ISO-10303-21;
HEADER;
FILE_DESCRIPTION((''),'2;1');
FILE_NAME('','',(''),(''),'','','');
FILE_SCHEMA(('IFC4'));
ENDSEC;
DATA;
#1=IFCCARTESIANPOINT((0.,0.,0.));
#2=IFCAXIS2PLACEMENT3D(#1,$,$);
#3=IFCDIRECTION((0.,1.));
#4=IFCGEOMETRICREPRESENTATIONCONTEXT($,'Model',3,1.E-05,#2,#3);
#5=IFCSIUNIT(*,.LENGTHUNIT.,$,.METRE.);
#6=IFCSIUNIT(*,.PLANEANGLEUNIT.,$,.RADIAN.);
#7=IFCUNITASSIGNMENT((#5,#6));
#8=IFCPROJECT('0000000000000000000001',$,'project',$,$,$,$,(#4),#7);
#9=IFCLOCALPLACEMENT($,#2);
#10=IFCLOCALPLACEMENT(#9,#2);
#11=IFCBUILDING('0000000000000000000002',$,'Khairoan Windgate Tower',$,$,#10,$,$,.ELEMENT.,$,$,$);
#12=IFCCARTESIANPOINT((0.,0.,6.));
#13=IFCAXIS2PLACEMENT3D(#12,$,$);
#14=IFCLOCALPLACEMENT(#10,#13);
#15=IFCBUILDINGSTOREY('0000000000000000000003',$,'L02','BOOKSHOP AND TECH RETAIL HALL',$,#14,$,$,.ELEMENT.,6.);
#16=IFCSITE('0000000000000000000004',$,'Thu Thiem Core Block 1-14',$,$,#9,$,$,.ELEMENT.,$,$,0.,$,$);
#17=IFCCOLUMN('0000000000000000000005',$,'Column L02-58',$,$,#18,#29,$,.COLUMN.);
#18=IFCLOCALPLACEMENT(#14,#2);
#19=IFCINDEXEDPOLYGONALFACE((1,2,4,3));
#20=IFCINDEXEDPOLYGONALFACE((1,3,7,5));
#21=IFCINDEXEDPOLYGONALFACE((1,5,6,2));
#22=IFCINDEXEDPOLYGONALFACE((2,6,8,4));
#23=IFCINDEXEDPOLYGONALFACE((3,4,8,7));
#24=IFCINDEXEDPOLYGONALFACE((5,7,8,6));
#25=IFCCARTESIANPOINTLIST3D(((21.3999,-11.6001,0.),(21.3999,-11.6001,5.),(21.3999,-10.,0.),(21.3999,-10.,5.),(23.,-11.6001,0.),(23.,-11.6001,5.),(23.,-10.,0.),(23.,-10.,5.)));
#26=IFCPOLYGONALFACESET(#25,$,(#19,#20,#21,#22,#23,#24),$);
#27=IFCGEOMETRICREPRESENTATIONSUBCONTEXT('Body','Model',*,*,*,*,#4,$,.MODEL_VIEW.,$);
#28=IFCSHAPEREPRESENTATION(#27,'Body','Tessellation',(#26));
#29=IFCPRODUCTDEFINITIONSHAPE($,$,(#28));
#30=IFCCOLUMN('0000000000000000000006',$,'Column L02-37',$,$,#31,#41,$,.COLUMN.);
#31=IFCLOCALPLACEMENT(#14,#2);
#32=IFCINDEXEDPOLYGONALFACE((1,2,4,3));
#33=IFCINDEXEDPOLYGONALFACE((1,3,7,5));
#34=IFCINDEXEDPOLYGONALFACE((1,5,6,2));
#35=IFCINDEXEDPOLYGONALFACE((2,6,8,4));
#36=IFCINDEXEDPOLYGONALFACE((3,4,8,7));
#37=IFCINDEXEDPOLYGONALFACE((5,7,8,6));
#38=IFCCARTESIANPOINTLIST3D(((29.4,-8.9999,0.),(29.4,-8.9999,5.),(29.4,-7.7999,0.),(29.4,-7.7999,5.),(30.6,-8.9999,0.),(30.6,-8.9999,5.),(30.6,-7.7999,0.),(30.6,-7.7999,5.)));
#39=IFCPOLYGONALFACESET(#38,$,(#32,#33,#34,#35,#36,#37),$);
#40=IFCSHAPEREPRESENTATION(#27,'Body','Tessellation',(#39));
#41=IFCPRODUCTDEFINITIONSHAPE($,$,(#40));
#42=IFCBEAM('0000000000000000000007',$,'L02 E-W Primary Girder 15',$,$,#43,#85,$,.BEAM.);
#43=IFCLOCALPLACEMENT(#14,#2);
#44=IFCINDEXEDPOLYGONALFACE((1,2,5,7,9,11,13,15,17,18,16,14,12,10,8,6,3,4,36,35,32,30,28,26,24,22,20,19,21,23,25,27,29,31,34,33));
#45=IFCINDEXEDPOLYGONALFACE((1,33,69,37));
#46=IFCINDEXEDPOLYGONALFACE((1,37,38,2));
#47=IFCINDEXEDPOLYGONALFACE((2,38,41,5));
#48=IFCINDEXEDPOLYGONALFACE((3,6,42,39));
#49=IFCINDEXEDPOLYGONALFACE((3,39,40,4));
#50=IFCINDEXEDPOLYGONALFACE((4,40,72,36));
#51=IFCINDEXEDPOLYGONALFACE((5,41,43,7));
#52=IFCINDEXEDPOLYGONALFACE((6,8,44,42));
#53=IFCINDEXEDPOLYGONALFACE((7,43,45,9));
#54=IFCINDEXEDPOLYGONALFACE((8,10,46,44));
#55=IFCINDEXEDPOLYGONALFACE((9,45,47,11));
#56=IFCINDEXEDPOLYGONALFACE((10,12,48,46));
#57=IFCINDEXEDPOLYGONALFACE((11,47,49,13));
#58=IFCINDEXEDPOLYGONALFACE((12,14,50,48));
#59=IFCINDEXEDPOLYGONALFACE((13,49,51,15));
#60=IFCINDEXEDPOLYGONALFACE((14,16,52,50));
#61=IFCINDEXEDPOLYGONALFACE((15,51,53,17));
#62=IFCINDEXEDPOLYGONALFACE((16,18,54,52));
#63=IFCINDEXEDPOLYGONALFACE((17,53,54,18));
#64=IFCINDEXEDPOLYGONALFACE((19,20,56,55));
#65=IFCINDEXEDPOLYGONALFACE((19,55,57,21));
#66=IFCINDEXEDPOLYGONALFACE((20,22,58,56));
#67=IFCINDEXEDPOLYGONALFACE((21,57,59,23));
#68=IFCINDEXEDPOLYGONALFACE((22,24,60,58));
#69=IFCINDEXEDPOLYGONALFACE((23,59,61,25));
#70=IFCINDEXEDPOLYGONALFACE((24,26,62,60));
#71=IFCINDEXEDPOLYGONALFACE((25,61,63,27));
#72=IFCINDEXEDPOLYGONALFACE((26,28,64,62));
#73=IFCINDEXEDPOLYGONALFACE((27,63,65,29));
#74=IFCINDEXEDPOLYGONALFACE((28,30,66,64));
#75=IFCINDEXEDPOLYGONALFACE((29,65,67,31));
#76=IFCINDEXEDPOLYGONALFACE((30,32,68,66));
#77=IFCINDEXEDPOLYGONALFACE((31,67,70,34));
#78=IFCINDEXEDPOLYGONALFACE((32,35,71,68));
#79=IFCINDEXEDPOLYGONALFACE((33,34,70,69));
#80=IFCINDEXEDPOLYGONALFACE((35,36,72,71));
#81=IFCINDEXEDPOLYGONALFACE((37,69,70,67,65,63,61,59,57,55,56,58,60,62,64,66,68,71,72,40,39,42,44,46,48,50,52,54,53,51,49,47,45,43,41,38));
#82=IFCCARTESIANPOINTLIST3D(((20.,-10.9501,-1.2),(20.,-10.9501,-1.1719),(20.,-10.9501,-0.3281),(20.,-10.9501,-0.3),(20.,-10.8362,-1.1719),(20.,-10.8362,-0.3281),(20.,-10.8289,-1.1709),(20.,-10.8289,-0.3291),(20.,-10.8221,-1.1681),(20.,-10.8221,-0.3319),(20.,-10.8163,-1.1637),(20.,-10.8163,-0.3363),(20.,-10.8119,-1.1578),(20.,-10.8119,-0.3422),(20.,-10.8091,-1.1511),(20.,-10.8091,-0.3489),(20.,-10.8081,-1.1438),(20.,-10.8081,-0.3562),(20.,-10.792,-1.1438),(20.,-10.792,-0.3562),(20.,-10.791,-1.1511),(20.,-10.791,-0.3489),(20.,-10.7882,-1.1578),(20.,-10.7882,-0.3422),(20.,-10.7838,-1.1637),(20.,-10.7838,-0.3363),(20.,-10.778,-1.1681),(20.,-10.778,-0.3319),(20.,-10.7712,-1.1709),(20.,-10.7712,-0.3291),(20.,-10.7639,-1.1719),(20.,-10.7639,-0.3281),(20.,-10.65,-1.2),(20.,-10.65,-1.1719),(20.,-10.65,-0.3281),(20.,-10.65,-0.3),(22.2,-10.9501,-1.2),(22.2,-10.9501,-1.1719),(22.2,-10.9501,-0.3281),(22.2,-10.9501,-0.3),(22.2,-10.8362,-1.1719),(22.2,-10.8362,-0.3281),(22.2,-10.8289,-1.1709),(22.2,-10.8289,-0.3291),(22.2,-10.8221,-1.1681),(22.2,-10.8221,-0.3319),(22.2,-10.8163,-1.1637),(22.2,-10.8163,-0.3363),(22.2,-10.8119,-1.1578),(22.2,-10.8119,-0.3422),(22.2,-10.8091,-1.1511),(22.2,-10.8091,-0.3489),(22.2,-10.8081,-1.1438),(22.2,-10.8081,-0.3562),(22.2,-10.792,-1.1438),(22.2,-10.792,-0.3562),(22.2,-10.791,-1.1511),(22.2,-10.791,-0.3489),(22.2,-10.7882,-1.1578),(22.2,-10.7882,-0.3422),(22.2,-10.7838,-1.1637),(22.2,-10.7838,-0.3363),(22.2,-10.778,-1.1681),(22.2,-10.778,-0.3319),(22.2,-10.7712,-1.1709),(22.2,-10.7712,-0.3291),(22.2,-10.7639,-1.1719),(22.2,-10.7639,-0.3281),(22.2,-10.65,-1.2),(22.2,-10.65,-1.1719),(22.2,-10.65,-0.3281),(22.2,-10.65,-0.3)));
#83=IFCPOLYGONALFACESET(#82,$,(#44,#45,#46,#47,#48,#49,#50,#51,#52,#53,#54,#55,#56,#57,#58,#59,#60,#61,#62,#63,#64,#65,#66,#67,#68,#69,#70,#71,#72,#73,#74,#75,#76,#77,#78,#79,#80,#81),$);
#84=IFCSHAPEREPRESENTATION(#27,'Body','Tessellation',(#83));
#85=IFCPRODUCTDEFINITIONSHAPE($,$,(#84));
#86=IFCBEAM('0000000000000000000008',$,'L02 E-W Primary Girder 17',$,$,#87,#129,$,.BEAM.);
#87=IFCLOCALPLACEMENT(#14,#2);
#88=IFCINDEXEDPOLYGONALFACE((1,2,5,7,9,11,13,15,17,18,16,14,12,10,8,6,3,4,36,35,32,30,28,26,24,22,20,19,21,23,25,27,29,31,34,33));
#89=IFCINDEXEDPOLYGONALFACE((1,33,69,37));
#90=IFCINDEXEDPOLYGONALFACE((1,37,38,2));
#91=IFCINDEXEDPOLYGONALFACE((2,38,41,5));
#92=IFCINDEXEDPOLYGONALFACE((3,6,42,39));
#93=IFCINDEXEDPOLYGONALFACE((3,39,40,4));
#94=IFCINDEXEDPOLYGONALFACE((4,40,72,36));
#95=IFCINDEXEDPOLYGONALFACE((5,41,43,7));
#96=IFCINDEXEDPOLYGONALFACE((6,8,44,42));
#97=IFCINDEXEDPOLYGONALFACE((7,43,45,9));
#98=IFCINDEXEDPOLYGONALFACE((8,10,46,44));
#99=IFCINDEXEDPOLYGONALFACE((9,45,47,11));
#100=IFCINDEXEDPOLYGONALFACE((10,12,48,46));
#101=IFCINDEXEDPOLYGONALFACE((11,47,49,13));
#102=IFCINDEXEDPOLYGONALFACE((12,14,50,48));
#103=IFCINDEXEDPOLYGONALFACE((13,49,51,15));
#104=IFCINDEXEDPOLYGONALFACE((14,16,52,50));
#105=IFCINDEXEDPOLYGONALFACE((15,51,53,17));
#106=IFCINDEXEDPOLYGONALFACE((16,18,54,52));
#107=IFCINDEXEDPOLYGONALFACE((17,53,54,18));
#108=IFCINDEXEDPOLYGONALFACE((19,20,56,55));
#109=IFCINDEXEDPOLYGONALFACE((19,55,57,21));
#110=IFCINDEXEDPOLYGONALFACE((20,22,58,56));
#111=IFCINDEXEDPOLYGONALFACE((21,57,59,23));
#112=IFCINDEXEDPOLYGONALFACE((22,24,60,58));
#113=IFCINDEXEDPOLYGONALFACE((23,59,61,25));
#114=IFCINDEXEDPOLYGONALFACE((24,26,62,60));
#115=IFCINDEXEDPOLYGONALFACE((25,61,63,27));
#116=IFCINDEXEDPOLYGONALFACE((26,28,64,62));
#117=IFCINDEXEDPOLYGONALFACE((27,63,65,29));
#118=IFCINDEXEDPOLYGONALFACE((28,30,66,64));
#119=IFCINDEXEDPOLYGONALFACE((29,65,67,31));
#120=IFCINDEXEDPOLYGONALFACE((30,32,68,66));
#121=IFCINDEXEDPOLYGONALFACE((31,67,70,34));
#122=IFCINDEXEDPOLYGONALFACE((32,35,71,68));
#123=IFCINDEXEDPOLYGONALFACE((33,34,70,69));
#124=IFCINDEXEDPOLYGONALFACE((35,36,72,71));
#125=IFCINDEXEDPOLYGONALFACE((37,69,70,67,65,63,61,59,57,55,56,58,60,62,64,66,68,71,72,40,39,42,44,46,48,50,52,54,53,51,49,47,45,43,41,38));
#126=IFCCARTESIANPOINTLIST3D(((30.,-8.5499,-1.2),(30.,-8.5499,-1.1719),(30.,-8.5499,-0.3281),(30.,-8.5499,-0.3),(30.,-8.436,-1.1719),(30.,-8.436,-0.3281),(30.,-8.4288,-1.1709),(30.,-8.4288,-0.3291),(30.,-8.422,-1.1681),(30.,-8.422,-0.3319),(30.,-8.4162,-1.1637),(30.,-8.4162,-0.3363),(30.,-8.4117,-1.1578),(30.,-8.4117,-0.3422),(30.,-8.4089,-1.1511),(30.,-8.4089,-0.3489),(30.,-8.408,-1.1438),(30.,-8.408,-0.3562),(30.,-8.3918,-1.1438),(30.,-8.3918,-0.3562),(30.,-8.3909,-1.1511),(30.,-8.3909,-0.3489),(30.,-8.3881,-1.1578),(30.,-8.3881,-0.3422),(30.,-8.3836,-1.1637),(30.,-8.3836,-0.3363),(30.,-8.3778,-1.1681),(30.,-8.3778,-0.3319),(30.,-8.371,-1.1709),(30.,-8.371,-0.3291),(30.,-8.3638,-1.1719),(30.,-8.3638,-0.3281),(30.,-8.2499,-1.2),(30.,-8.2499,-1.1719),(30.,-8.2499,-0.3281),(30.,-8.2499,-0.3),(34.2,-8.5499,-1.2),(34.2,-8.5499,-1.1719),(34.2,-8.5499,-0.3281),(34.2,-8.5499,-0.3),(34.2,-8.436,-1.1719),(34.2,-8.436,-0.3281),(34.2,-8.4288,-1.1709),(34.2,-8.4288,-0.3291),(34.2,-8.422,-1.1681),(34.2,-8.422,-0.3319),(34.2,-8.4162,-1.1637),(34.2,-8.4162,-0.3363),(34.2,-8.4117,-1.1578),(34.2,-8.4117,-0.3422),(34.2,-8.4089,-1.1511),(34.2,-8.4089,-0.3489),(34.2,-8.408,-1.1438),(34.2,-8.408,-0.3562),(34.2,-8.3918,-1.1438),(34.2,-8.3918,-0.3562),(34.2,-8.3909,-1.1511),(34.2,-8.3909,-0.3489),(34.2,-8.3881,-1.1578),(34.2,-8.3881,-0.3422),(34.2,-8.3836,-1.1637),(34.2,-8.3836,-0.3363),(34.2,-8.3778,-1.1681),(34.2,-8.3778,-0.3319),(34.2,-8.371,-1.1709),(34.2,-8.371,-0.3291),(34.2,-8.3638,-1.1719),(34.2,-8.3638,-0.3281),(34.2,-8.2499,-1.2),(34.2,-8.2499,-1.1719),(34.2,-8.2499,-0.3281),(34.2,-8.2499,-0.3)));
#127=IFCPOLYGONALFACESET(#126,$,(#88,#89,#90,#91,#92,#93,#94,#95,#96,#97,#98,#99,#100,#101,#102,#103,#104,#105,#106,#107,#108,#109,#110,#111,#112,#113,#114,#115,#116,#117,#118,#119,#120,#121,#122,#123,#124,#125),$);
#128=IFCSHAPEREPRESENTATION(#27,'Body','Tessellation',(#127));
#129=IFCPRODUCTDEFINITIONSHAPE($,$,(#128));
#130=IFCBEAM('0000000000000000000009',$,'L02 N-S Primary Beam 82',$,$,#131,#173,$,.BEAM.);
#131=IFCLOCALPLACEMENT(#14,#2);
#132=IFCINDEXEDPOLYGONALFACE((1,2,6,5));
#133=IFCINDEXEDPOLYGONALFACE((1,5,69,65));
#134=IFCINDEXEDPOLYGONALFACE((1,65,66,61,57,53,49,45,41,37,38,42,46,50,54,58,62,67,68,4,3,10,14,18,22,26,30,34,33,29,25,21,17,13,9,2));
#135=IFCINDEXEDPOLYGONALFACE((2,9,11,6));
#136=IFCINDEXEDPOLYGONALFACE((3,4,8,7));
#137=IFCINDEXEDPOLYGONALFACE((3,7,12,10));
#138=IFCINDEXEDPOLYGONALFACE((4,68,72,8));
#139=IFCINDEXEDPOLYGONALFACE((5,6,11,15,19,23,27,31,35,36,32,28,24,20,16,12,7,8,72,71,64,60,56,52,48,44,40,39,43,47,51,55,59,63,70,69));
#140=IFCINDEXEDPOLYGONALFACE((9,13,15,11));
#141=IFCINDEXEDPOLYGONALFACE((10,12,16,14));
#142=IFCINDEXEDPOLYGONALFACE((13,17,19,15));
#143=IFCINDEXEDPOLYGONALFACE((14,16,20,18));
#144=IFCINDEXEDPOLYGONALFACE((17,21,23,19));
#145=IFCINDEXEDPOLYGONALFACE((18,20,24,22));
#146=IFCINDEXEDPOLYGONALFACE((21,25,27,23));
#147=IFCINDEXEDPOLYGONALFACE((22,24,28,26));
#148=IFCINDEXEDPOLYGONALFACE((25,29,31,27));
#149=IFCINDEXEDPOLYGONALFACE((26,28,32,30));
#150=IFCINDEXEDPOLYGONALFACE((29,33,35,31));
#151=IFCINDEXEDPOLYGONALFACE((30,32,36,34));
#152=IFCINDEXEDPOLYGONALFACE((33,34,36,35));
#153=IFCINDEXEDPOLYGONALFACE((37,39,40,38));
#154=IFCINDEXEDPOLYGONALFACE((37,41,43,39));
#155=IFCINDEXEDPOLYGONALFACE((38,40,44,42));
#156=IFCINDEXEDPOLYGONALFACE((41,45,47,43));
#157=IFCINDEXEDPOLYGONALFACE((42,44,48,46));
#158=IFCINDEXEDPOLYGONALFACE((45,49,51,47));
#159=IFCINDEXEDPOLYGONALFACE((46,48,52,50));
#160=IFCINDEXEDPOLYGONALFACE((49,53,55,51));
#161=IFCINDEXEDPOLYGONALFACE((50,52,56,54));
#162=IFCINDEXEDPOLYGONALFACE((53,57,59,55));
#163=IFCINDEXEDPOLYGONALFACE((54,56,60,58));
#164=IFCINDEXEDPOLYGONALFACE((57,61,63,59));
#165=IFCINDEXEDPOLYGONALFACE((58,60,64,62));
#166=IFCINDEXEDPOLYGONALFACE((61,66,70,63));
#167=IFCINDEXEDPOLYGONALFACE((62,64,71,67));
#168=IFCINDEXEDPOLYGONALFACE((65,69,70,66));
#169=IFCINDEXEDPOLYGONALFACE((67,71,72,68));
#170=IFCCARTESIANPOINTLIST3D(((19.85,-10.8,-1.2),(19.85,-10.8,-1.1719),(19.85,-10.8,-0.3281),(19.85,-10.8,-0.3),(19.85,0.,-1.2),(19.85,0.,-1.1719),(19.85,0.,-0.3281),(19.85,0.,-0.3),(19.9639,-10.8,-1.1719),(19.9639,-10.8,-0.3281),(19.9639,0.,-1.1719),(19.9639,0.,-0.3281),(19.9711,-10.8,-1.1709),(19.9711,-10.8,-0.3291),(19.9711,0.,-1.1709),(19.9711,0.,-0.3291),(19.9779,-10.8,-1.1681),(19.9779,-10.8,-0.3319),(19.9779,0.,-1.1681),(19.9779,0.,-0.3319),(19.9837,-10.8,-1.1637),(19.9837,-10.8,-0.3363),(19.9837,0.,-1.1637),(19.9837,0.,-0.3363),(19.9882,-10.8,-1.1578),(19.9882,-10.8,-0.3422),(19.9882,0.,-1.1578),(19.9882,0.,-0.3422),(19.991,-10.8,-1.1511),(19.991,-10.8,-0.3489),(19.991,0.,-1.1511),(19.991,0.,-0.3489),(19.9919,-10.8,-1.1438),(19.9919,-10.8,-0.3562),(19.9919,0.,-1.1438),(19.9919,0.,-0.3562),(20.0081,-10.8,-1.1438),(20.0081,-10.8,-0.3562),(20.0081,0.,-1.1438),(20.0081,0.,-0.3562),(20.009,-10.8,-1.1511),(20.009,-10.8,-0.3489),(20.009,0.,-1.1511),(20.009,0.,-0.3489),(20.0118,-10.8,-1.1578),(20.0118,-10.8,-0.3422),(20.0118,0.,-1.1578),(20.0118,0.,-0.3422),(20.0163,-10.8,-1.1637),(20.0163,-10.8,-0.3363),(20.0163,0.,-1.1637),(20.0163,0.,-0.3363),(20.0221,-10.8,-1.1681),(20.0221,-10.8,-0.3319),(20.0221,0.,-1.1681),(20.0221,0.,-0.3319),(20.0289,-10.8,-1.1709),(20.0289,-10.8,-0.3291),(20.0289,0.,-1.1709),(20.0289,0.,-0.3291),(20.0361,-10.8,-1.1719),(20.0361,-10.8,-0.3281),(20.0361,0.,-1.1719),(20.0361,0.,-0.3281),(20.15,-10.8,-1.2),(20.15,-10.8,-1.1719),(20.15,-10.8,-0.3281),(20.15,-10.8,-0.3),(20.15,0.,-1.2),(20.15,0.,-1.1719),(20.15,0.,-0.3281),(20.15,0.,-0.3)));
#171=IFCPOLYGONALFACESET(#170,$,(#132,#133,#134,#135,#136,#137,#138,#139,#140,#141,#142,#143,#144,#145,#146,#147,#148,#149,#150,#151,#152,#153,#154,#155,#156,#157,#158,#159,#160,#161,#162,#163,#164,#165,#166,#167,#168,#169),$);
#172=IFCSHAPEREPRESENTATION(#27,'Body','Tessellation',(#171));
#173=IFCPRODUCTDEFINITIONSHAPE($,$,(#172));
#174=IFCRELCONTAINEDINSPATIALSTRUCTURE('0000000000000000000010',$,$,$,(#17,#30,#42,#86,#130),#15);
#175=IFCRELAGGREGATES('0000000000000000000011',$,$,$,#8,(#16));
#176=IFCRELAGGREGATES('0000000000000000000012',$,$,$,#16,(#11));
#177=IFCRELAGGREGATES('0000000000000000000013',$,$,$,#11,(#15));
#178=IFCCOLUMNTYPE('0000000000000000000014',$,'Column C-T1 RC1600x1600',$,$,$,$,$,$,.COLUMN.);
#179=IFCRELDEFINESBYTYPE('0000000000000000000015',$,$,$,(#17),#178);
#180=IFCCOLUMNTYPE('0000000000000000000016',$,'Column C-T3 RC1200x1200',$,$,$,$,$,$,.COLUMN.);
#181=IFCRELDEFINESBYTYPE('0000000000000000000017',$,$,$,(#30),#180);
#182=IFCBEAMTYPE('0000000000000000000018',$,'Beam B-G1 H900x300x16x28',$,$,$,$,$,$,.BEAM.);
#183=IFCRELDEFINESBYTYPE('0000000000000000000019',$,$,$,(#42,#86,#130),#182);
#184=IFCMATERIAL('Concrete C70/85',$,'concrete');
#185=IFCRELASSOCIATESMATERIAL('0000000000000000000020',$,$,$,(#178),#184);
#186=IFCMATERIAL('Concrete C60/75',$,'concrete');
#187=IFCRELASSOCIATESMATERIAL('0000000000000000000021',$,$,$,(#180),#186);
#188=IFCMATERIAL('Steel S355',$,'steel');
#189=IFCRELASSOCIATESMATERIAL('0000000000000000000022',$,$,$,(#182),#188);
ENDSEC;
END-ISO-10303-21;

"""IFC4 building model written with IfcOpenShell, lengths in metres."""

from ifc_helpers import new_model, si_unit, direction, frame, origin, origin_2d, place, context, subcontext, project, spatial, rectangle, i_section, extrude, material, material_profile, profile_set, type_object, element, save


model = new_model("IFC4")

# Units and contexts
model_context = context("Model", 3, precision=1e-05, world=origin(), true_north=direction((0.0, 1.0)))
body_context = subcontext(model_context, "Body", "Model", "MODEL_VIEW")
ifc_project = project(units=[si_unit("LENGTHUNIT", "METRE"), si_unit("PLANEANGLEUNIT", "RADIAN")], contexts=[model_context])

# Site, building, storey
site_placement = place(None, origin())
site = spatial("IfcSite", under=ifc_project, at=site_placement, Name="Thu Thiem Core Block 1-14", CompositionType="ELEMENT", RefElevation=0.0)
building_placement = place(site_placement, origin())
building = spatial("IfcBuilding", under=site, at=building_placement, Name="Khairoan Windgate Tower", CompositionType="ELEMENT")
storey_placement = place(building_placement, frame((0.0, 0.0, 6.0)))
storey = spatial("IfcBuildingStorey", under=building, at=storey_placement, Name="L02", Description="BOOKSHOP AND TECH RETAIL HALL", CompositionType="ELEMENT", Elevation=6.0)

# Columns
ifc_material_1 = material(Name="Concrete C70/85", Category="concrete")
ifc_material_profile_1 = material_profile(ifc_material_1, rectangle(XDim=1.6001, YDim=1.6001, at=origin_2d()))
ifc_profile_set_1 = profile_set([ifc_material_profile_1], Name="Concrete C70/85")
column_type_1 = type_object("IfcColumnType", Name="Column C-T1 RC1600x1600", PredefinedType="COLUMN", material=ifc_profile_set_1)
column_1_placement = place(storey_placement, frame((22.2, -10.8, 0.0), z_axis=(0.0, 0.0, 1.0), x_axis=(1.0, 0.0, 0.0)))
element("IfcColumn", 1, at=column_1_placement, inside=storey, type_object=column_type_1, Name="Column L02-58", PredefinedType="COLUMN", context=body_context, shape_type="SweptSolid", body=[
    extrude(rectangle(XDim=1.6001, YDim=1.6001, at=origin_2d()), origin(), (0.0, 0.0, 1.0), 5.0),
])
ifc_material_2 = material(Name="Concrete C60/75", Category="concrete")
ifc_material_profile_2 = material_profile(ifc_material_2, rectangle(XDim=1.2, YDim=1.2, at=origin_2d()))
ifc_profile_set_2 = profile_set([ifc_material_profile_2], Name="Concrete C60/75")
column_type_2 = type_object("IfcColumnType", Name="Column C-T3 RC1200x1200", PredefinedType="COLUMN", material=ifc_profile_set_2)
column_2_placement = place(storey_placement, frame((30.0, -8.3999, 0.0), z_axis=(0.0, 0.0, 1.0), x_axis=(1.0, 0.0, 0.0)))
element("IfcColumn", 2, at=column_2_placement, inside=storey, type_object=column_type_2, Name="Column L02-37", PredefinedType="COLUMN", context=body_context, shape_type="SweptSolid", body=[
    extrude(rectangle(XDim=1.2, YDim=1.2, at=origin_2d()), origin(), (0.0, 0.0, 1.0), 5.0),
])

# Beams
ifc_material_3 = material(Name="Steel S355", Category="steel")
ifc_material_profile_3 = material_profile(ifc_material_3, i_section(OverallWidth=0.3, OverallDepth=0.8999, WebThickness=0.0161, FlangeThickness=0.0281, FilletRadius=0.0281, at=origin_2d()))
ifc_profile_set_3 = profile_set([ifc_material_profile_3], Name="Steel S355")
beam_type_1 = type_object("IfcBeamType", Name="Beam B-G1 H900x300x16x28", PredefinedType="BEAM", material=ifc_profile_set_3)
beam_1_placement = place(storey_placement, frame((20.0, -10.8, -0.75), z_axis=(1.0, 0.0, 0.0), x_axis=(0.0, 1.0, 0.0)))
element("IfcBeam", 3, at=beam_1_placement, inside=storey, type_object=beam_type_1, Name="L02 E-W Primary Girder 15", PredefinedType="BEAM", context=body_context, shape_type="SweptSolid", body=[
    extrude(i_section(OverallWidth=0.3, OverallDepth=0.8999, WebThickness=0.0161, FlangeThickness=0.0281, FilletRadius=0.0281, at=origin_2d()), origin(), (0.0, 0.0, 1.0), 2.2),
])
beam_2_placement = place(storey_placement, frame((30.0, -8.3999, -0.75), z_axis=(1.0, 0.0, 0.0), x_axis=(0.0, 1.0, 0.0)))
element("IfcBeam", 4, at=beam_2_placement, inside=storey, type_object=beam_type_1, Name="L02 E-W Primary Girder 17", PredefinedType="BEAM", context=body_context, shape_type="SweptSolid", body=[
    extrude(i_section(OverallWidth=0.3, OverallDepth=0.8999, WebThickness=0.0161, FlangeThickness=0.0281, FilletRadius=0.0281, at=origin_2d()), origin(), (0.0, 0.0, 1.0), 4.2),
])
beam_3_placement = place(storey_placement, frame((20.0, -10.8, -0.75), z_axis=(0.0, 1.0, 0.0), x_axis=(-1.0, 0.0, 0.0)))
element("IfcBeam", 5, at=beam_3_placement, inside=storey, type_object=beam_type_1, Name="L02 N-S Primary Beam 82", PredefinedType="BEAM", context=body_context, shape_type="SweptSolid", body=[
    extrude(i_section(OverallWidth=0.3, OverallDepth=0.8999, WebThickness=0.0161, FlangeThickness=0.0281, FilletRadius=0.0281, at=origin_2d()), origin(), (0.0, 0.0, 1.0), 10.8),
])

save(model, "model.ifc")
